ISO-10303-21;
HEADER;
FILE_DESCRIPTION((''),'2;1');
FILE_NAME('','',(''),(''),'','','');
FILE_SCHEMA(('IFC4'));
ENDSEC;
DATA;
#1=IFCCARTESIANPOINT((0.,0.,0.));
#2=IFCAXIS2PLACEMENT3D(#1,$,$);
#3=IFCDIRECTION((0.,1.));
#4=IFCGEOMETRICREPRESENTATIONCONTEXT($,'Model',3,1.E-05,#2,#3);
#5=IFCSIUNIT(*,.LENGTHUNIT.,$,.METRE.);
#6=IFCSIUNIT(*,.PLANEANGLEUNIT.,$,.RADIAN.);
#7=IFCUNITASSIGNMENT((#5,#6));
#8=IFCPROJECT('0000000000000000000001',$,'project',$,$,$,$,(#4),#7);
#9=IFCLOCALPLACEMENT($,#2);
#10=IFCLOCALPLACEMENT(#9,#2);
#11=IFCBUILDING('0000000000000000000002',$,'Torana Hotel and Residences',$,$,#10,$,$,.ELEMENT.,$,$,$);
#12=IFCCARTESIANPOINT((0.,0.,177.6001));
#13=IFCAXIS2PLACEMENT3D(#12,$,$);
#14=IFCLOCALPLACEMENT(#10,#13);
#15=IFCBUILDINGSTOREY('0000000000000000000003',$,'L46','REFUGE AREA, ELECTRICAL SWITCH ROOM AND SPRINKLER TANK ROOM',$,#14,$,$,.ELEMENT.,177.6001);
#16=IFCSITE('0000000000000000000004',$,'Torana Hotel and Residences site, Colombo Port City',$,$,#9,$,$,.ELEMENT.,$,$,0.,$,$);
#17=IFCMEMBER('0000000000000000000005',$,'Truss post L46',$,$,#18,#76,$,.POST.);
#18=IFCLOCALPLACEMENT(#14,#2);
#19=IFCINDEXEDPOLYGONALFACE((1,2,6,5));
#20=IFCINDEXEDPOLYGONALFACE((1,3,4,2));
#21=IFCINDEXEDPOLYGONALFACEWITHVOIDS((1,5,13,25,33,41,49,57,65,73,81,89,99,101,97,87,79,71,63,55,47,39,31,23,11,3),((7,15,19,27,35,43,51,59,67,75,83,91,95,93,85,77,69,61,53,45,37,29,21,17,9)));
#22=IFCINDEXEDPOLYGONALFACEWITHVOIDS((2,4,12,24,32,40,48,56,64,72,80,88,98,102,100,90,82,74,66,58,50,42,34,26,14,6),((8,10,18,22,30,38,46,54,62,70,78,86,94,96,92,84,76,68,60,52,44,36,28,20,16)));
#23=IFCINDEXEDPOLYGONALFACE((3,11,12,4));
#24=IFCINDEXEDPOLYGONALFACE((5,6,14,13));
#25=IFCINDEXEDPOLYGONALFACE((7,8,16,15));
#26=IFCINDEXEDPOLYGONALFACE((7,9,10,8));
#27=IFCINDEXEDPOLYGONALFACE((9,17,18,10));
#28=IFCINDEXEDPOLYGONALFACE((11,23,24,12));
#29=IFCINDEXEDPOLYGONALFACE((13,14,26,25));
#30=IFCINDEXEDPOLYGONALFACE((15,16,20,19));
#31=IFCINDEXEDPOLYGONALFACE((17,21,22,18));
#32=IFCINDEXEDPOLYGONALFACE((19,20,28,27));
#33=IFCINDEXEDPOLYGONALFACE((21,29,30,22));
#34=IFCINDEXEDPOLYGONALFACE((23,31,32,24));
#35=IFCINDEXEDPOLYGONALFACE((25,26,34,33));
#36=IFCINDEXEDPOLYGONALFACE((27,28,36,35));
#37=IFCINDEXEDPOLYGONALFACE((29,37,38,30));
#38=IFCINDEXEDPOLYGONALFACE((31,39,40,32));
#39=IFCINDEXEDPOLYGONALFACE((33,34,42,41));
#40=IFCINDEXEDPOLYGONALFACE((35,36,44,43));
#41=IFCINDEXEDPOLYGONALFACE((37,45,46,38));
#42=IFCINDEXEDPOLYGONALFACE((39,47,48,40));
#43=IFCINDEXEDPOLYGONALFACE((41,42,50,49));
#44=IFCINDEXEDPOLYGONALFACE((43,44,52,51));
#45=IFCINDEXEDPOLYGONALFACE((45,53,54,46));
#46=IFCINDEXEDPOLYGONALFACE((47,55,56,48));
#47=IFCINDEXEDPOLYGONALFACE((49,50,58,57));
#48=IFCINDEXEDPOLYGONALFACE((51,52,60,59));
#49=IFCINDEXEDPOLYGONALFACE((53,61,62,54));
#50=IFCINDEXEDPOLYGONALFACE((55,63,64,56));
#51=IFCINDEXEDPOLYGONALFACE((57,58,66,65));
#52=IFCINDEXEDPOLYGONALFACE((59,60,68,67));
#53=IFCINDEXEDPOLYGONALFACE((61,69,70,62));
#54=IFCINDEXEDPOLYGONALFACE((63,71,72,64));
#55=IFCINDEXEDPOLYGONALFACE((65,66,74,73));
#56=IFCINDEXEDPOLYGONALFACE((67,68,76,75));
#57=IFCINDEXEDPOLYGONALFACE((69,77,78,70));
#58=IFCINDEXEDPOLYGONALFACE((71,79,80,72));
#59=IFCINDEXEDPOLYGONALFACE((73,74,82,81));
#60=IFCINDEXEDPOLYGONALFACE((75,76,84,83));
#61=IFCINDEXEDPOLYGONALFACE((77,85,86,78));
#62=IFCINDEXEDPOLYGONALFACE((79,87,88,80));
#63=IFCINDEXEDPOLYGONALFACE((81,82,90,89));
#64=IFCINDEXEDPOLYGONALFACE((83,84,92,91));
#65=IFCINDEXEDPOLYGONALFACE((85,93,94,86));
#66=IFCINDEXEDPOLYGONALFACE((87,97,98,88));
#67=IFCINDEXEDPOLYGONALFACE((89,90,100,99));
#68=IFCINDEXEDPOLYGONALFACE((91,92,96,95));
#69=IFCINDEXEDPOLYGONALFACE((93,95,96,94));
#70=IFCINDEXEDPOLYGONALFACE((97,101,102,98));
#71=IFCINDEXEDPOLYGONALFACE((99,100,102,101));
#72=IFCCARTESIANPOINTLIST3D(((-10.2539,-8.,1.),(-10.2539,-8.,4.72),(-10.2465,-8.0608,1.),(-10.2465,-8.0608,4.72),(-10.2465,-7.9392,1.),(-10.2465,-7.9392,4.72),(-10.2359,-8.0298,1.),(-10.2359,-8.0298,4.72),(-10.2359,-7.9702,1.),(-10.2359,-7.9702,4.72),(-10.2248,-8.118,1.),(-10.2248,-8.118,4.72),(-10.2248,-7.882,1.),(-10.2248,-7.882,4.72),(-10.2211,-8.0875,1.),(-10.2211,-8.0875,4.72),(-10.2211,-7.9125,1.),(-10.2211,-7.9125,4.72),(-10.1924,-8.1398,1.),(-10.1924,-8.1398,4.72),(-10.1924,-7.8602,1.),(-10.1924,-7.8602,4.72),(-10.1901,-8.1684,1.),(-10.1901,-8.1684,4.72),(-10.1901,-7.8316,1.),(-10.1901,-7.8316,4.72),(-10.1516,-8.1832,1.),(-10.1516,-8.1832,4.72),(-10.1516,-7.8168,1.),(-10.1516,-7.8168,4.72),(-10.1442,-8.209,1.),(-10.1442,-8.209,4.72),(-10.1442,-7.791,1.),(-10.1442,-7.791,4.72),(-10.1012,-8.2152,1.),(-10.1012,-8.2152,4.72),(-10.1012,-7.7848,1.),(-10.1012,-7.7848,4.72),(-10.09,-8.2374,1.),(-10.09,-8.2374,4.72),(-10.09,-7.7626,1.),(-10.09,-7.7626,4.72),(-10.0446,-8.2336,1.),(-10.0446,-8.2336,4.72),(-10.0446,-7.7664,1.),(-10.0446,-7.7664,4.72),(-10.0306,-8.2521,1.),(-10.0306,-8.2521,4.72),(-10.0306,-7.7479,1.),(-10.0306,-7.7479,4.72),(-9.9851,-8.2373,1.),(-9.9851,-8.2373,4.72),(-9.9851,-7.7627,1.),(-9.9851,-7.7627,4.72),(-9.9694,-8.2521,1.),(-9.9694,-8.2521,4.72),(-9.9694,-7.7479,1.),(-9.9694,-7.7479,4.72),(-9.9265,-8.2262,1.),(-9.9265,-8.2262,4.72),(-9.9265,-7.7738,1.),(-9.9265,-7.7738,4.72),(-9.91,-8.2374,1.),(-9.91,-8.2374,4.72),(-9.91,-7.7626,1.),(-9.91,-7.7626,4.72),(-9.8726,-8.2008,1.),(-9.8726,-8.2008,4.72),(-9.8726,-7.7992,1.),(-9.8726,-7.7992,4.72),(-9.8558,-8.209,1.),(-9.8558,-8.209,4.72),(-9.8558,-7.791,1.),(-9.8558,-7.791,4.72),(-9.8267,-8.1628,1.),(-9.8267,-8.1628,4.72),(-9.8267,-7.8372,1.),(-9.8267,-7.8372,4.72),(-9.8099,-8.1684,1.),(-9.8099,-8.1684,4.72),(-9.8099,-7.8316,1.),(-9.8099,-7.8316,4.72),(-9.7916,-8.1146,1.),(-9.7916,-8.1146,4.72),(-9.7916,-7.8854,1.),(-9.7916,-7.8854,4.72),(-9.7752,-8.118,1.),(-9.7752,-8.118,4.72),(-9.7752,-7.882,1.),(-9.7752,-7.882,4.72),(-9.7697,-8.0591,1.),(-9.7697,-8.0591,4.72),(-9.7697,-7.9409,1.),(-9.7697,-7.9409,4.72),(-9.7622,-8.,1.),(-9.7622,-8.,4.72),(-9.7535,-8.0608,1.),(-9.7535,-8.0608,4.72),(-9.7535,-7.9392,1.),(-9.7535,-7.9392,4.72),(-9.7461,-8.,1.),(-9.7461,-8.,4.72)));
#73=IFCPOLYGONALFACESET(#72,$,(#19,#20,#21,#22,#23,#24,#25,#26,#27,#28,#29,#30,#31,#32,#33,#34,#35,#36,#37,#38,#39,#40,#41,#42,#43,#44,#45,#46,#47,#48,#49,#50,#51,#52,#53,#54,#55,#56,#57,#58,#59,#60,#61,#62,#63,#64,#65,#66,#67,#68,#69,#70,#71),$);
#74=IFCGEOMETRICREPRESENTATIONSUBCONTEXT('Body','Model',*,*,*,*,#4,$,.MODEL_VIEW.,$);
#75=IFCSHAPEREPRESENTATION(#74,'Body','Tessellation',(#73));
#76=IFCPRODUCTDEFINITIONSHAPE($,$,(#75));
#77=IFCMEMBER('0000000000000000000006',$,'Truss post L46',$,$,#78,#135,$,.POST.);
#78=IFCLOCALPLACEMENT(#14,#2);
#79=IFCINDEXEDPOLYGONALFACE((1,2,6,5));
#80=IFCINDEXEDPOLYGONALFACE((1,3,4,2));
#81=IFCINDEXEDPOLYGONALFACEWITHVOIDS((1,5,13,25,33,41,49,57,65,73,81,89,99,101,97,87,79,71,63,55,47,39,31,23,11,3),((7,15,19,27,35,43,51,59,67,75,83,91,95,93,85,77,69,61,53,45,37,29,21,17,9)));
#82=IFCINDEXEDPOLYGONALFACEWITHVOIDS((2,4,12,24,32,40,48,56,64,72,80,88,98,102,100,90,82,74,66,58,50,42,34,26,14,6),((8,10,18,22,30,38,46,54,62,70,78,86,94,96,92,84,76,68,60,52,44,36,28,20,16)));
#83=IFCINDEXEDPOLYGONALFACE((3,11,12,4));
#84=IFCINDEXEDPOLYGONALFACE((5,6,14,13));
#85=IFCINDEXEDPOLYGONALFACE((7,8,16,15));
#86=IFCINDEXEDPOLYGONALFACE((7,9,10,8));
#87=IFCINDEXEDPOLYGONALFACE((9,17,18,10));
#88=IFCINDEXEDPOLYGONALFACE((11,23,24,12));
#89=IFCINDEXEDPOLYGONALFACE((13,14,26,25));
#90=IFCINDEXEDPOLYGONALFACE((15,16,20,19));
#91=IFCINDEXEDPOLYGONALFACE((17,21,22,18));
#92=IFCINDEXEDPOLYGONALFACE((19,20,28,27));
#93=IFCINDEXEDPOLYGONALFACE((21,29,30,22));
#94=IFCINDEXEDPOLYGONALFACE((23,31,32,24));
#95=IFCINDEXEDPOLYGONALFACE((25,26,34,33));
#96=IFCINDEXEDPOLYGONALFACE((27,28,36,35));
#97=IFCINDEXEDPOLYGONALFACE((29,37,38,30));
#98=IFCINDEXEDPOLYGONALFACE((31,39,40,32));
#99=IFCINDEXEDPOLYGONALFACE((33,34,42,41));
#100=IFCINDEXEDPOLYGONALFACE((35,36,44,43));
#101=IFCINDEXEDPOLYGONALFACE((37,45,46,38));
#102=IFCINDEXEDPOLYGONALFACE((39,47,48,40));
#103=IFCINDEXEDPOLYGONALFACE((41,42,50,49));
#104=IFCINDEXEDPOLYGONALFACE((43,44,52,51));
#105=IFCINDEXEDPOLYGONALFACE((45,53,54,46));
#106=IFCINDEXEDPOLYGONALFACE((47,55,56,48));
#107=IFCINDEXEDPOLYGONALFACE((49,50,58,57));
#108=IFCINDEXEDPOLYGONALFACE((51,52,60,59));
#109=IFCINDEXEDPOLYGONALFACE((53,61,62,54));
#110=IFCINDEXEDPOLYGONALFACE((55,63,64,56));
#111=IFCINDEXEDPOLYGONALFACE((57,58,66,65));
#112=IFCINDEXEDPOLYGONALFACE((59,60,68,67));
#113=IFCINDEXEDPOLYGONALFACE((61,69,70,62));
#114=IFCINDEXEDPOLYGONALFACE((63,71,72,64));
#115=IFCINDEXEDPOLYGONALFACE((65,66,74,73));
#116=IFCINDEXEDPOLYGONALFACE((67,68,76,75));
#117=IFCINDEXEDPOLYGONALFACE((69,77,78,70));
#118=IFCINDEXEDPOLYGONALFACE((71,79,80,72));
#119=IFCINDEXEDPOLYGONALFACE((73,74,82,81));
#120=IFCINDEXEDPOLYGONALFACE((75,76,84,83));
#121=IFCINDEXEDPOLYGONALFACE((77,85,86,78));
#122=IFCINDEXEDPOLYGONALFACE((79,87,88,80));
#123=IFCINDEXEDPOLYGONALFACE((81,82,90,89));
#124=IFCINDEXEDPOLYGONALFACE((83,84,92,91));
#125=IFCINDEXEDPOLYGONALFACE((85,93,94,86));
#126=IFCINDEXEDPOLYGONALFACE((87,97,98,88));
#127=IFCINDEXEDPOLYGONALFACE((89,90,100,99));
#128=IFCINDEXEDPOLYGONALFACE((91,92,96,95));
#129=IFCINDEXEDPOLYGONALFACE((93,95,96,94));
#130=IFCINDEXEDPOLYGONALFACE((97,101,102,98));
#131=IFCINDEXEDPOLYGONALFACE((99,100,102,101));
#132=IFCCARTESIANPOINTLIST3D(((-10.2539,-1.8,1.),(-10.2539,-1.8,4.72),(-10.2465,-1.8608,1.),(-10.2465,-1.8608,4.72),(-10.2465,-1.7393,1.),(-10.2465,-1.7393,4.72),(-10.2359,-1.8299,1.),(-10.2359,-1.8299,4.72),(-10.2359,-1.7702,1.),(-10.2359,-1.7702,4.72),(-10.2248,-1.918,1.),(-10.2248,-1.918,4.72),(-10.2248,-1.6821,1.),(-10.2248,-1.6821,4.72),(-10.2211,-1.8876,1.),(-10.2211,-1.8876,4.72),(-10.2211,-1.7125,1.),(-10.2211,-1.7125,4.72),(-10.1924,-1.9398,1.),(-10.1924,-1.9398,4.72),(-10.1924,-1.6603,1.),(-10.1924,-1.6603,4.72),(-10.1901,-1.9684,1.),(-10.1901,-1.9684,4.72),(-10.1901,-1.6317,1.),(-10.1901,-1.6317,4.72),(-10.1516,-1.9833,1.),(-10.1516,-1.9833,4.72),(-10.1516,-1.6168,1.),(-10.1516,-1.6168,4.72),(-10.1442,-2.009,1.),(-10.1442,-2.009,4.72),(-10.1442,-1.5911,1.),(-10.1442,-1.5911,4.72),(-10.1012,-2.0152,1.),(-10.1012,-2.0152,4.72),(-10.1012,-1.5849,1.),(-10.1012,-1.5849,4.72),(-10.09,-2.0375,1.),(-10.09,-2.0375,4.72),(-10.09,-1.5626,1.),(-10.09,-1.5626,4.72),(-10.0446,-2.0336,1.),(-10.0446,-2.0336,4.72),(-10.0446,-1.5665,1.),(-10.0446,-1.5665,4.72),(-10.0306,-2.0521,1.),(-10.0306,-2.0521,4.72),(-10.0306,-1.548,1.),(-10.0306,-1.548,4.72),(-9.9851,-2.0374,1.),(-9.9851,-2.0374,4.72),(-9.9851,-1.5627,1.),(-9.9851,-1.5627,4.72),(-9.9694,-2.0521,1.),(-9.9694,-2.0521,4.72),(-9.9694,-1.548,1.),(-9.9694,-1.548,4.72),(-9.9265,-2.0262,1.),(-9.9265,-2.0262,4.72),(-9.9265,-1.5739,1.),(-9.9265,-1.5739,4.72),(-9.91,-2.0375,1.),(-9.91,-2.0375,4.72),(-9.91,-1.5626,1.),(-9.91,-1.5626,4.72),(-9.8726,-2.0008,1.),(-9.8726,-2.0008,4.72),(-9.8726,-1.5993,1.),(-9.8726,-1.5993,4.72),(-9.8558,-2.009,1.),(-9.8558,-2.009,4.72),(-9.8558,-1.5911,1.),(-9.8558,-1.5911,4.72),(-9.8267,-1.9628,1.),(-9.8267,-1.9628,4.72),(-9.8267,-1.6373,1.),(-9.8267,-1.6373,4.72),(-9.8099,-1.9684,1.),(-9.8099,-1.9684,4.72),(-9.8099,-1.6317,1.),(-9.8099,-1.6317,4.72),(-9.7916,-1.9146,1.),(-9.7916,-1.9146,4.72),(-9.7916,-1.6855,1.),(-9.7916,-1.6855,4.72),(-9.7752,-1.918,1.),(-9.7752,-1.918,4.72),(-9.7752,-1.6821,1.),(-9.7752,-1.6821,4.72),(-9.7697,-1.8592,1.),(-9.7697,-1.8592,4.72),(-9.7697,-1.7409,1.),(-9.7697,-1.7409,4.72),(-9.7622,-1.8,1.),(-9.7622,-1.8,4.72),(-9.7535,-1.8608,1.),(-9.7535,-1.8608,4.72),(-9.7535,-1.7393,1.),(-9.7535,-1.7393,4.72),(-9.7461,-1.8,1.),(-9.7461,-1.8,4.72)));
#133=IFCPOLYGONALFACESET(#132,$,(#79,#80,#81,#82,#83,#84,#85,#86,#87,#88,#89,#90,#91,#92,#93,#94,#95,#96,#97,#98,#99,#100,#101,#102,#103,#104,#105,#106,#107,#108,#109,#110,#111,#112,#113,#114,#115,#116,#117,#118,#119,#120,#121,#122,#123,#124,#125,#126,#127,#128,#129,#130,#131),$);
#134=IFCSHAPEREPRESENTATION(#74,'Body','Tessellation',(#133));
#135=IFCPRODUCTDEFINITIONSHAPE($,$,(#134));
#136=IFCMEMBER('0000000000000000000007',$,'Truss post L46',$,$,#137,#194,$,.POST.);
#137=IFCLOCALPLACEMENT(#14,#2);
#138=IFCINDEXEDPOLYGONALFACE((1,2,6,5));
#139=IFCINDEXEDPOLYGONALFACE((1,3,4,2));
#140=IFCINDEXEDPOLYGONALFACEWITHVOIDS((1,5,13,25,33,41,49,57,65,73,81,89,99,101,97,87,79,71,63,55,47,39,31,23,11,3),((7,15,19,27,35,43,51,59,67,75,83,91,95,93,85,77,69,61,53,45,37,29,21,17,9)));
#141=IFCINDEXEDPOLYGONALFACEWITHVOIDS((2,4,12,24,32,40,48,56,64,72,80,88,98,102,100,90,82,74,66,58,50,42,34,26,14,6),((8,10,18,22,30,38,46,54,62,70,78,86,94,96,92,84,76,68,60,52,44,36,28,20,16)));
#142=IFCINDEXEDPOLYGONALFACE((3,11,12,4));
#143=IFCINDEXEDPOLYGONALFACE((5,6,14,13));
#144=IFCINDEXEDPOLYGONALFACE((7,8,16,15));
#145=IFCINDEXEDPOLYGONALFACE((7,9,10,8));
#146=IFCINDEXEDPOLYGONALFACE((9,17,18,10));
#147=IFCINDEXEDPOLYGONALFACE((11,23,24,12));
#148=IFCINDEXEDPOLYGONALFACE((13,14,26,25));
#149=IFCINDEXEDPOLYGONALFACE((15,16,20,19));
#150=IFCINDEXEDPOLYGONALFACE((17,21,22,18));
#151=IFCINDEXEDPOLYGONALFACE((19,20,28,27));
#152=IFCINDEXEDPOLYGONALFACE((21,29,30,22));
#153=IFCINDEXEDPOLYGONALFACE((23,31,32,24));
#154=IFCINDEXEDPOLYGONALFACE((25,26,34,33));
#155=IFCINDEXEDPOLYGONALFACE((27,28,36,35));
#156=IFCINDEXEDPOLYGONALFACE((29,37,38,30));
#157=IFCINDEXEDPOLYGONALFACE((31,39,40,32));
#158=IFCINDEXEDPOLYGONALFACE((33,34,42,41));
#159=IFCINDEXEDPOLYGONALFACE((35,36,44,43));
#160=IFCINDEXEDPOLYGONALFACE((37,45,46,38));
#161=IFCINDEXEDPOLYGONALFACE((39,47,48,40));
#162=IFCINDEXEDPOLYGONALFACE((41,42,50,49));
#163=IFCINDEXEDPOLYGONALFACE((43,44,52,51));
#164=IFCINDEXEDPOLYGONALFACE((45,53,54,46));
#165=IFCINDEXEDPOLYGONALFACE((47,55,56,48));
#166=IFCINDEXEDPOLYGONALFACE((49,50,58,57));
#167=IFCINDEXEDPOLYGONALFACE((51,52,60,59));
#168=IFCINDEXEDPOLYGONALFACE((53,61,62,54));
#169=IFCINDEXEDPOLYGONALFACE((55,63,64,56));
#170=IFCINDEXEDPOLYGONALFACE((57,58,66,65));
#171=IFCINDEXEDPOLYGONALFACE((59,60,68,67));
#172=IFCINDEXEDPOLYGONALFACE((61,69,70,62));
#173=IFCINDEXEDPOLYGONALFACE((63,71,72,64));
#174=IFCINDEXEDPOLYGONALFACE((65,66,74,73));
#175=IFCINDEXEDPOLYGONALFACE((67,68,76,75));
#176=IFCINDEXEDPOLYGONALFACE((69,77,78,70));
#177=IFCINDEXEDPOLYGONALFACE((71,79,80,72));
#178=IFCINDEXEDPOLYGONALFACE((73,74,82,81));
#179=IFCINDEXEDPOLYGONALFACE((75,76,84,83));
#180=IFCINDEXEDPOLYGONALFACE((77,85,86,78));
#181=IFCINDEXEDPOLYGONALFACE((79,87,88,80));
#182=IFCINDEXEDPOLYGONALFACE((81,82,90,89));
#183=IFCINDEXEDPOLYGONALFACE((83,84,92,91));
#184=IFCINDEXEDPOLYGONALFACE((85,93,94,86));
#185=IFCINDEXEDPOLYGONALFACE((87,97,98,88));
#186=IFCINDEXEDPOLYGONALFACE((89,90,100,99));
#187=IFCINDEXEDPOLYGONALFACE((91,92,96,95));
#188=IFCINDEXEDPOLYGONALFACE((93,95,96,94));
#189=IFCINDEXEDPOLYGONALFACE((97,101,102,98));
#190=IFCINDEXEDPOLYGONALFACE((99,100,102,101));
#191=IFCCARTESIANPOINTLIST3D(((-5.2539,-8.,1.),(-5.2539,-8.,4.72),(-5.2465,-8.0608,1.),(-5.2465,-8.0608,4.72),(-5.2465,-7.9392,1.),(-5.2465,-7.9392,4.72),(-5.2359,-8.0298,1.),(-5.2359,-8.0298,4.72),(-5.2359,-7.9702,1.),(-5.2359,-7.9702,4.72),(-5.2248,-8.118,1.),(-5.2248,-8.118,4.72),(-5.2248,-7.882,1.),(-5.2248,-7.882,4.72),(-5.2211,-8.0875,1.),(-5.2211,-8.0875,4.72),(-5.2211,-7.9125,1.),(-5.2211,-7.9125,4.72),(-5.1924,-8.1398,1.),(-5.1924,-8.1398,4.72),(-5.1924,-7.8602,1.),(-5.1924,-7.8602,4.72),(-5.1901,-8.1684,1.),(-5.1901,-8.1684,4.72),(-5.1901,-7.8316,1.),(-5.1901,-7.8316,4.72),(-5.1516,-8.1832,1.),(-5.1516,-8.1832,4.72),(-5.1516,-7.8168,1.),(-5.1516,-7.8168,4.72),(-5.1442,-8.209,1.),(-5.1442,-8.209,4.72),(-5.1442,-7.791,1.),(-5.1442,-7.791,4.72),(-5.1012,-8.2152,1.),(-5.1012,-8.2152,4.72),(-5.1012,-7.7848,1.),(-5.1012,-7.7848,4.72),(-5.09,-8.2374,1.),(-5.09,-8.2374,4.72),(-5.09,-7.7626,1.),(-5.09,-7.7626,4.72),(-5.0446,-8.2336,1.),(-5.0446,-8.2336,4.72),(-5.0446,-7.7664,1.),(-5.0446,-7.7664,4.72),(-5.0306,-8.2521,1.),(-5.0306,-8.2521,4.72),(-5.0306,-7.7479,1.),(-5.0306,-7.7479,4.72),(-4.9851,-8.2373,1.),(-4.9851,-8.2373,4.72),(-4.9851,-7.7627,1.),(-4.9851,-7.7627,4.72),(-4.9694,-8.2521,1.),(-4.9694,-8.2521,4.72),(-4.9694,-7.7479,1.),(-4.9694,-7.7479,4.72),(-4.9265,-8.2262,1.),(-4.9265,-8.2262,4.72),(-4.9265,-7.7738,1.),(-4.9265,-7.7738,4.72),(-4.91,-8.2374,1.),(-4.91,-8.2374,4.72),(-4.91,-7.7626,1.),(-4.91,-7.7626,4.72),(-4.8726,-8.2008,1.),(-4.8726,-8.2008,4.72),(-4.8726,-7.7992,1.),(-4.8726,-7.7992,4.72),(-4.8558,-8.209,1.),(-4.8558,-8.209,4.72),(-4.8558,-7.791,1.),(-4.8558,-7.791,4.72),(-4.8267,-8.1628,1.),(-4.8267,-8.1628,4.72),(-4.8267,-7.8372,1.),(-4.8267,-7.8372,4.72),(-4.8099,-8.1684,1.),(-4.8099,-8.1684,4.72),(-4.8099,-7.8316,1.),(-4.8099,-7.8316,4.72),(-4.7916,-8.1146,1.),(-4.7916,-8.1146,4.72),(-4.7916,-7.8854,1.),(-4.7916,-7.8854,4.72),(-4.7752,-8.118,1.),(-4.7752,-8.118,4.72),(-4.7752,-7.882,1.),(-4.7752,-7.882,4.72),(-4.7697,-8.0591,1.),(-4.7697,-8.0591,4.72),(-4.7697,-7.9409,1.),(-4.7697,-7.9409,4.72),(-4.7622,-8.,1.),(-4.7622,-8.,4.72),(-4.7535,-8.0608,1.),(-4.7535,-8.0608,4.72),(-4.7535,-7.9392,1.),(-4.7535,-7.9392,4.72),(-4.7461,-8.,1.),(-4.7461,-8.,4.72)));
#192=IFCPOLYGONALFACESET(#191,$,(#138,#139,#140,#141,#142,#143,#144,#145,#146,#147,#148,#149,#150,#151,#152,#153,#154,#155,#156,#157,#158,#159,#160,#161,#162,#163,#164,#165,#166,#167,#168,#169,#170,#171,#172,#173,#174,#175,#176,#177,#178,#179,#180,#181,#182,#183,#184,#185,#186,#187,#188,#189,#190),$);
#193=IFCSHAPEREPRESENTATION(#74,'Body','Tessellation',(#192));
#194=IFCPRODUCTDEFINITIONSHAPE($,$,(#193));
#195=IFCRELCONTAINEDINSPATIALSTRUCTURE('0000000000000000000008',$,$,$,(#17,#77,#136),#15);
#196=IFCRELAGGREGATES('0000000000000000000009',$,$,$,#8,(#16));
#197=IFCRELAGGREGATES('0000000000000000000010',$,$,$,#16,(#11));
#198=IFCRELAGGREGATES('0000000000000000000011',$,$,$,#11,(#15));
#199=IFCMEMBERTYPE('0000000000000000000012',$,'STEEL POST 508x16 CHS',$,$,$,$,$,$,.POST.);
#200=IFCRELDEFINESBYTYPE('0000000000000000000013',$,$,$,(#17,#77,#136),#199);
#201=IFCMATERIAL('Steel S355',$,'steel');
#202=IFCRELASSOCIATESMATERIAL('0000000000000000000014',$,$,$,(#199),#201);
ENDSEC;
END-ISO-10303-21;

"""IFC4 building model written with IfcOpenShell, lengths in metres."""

from ifc_helpers import new_model, si_unit, direction, frame, origin, origin_2d, place, context, subcontext, project, spatial, hollow_circle, extrude, material, material_profile, profile_set, type_object, element, save


model = new_model("IFC4")

# Units and contexts
model_context = context("Model", 3, precision=1e-05, world=origin(), true_north=direction((0.0, 1.0)))
body_context = subcontext(model_context, "Body", "Model", "MODEL_VIEW")
ifc_project = project(units=[si_unit("LENGTHUNIT", "METRE"), si_unit("PLANEANGLEUNIT", "RADIAN")], contexts=[model_context])

# Site, building, storey
site_placement = place(None, origin())
site = spatial("IfcSite", under=ifc_project, at=site_placement, Name="Torana Hotel and Residences site, Colombo Port City", CompositionType="ELEMENT", RefElevation=0.0)
building_placement = place(site_placement, origin())
building = spatial("IfcBuilding", under=site, at=building_placement, Name="Torana Hotel and Residences", CompositionType="ELEMENT")
storey_placement = place(building_placement, frame((0.0, 0.0, 177.6001)))
storey = spatial("IfcBuildingStorey", under=building, at=storey_placement, Name="L46", Description="REFUGE AREA, ELECTRICAL SWITCH ROOM AND SPRINKLER TANK ROOM", CompositionType="ELEMENT", Elevation=177.6001)

# Members
ifc_material_1 = material(Name="Steel S355", Category="steel")
ifc_material_profile_1 = material_profile(ifc_material_1, hollow_circle(Radius=0.2539, WallThickness=0.0161, at=origin_2d()), Name="508x16 CHS")
ifc_profile_set_1 = profile_set([ifc_material_profile_1], Name="Steel S355")
member_type_1 = type_object("IfcMemberType", Name="STEEL POST 508x16 CHS", PredefinedType="POST", material=ifc_profile_set_1)
for number, where, z_axis, x_axis, name in (
    (1, (-10.0, -8.0, 1.0), (0.0, 0.0, 1.0), (1.0, 0.0, 0.0), "Truss post L46"),
    (2, (-10.0, -1.8, 1.0), (0.0, 0.0, 1.0), (1.0, 0.0, 0.0), "Truss post L46"),
    (3, (-5.0, -8.0, 1.0), (0.0, 0.0, 1.0), (1.0, 0.0, 0.0), "Truss post L46"),
):
    element("IfcMember", number, at=place(storey_placement, frame(where, z_axis=z_axis, x_axis=x_axis)), inside=storey, type_object=member_type_1, Name=name, PredefinedType="POST", context=body_context, shape_type="SweptSolid", body=[
        extrude(hollow_circle(Radius=0.2539, WallThickness=0.0161, at=origin_2d()), origin(), (0.0, 0.0, 1.0), 3.72),
    ])

save(model, "model.ifc")
